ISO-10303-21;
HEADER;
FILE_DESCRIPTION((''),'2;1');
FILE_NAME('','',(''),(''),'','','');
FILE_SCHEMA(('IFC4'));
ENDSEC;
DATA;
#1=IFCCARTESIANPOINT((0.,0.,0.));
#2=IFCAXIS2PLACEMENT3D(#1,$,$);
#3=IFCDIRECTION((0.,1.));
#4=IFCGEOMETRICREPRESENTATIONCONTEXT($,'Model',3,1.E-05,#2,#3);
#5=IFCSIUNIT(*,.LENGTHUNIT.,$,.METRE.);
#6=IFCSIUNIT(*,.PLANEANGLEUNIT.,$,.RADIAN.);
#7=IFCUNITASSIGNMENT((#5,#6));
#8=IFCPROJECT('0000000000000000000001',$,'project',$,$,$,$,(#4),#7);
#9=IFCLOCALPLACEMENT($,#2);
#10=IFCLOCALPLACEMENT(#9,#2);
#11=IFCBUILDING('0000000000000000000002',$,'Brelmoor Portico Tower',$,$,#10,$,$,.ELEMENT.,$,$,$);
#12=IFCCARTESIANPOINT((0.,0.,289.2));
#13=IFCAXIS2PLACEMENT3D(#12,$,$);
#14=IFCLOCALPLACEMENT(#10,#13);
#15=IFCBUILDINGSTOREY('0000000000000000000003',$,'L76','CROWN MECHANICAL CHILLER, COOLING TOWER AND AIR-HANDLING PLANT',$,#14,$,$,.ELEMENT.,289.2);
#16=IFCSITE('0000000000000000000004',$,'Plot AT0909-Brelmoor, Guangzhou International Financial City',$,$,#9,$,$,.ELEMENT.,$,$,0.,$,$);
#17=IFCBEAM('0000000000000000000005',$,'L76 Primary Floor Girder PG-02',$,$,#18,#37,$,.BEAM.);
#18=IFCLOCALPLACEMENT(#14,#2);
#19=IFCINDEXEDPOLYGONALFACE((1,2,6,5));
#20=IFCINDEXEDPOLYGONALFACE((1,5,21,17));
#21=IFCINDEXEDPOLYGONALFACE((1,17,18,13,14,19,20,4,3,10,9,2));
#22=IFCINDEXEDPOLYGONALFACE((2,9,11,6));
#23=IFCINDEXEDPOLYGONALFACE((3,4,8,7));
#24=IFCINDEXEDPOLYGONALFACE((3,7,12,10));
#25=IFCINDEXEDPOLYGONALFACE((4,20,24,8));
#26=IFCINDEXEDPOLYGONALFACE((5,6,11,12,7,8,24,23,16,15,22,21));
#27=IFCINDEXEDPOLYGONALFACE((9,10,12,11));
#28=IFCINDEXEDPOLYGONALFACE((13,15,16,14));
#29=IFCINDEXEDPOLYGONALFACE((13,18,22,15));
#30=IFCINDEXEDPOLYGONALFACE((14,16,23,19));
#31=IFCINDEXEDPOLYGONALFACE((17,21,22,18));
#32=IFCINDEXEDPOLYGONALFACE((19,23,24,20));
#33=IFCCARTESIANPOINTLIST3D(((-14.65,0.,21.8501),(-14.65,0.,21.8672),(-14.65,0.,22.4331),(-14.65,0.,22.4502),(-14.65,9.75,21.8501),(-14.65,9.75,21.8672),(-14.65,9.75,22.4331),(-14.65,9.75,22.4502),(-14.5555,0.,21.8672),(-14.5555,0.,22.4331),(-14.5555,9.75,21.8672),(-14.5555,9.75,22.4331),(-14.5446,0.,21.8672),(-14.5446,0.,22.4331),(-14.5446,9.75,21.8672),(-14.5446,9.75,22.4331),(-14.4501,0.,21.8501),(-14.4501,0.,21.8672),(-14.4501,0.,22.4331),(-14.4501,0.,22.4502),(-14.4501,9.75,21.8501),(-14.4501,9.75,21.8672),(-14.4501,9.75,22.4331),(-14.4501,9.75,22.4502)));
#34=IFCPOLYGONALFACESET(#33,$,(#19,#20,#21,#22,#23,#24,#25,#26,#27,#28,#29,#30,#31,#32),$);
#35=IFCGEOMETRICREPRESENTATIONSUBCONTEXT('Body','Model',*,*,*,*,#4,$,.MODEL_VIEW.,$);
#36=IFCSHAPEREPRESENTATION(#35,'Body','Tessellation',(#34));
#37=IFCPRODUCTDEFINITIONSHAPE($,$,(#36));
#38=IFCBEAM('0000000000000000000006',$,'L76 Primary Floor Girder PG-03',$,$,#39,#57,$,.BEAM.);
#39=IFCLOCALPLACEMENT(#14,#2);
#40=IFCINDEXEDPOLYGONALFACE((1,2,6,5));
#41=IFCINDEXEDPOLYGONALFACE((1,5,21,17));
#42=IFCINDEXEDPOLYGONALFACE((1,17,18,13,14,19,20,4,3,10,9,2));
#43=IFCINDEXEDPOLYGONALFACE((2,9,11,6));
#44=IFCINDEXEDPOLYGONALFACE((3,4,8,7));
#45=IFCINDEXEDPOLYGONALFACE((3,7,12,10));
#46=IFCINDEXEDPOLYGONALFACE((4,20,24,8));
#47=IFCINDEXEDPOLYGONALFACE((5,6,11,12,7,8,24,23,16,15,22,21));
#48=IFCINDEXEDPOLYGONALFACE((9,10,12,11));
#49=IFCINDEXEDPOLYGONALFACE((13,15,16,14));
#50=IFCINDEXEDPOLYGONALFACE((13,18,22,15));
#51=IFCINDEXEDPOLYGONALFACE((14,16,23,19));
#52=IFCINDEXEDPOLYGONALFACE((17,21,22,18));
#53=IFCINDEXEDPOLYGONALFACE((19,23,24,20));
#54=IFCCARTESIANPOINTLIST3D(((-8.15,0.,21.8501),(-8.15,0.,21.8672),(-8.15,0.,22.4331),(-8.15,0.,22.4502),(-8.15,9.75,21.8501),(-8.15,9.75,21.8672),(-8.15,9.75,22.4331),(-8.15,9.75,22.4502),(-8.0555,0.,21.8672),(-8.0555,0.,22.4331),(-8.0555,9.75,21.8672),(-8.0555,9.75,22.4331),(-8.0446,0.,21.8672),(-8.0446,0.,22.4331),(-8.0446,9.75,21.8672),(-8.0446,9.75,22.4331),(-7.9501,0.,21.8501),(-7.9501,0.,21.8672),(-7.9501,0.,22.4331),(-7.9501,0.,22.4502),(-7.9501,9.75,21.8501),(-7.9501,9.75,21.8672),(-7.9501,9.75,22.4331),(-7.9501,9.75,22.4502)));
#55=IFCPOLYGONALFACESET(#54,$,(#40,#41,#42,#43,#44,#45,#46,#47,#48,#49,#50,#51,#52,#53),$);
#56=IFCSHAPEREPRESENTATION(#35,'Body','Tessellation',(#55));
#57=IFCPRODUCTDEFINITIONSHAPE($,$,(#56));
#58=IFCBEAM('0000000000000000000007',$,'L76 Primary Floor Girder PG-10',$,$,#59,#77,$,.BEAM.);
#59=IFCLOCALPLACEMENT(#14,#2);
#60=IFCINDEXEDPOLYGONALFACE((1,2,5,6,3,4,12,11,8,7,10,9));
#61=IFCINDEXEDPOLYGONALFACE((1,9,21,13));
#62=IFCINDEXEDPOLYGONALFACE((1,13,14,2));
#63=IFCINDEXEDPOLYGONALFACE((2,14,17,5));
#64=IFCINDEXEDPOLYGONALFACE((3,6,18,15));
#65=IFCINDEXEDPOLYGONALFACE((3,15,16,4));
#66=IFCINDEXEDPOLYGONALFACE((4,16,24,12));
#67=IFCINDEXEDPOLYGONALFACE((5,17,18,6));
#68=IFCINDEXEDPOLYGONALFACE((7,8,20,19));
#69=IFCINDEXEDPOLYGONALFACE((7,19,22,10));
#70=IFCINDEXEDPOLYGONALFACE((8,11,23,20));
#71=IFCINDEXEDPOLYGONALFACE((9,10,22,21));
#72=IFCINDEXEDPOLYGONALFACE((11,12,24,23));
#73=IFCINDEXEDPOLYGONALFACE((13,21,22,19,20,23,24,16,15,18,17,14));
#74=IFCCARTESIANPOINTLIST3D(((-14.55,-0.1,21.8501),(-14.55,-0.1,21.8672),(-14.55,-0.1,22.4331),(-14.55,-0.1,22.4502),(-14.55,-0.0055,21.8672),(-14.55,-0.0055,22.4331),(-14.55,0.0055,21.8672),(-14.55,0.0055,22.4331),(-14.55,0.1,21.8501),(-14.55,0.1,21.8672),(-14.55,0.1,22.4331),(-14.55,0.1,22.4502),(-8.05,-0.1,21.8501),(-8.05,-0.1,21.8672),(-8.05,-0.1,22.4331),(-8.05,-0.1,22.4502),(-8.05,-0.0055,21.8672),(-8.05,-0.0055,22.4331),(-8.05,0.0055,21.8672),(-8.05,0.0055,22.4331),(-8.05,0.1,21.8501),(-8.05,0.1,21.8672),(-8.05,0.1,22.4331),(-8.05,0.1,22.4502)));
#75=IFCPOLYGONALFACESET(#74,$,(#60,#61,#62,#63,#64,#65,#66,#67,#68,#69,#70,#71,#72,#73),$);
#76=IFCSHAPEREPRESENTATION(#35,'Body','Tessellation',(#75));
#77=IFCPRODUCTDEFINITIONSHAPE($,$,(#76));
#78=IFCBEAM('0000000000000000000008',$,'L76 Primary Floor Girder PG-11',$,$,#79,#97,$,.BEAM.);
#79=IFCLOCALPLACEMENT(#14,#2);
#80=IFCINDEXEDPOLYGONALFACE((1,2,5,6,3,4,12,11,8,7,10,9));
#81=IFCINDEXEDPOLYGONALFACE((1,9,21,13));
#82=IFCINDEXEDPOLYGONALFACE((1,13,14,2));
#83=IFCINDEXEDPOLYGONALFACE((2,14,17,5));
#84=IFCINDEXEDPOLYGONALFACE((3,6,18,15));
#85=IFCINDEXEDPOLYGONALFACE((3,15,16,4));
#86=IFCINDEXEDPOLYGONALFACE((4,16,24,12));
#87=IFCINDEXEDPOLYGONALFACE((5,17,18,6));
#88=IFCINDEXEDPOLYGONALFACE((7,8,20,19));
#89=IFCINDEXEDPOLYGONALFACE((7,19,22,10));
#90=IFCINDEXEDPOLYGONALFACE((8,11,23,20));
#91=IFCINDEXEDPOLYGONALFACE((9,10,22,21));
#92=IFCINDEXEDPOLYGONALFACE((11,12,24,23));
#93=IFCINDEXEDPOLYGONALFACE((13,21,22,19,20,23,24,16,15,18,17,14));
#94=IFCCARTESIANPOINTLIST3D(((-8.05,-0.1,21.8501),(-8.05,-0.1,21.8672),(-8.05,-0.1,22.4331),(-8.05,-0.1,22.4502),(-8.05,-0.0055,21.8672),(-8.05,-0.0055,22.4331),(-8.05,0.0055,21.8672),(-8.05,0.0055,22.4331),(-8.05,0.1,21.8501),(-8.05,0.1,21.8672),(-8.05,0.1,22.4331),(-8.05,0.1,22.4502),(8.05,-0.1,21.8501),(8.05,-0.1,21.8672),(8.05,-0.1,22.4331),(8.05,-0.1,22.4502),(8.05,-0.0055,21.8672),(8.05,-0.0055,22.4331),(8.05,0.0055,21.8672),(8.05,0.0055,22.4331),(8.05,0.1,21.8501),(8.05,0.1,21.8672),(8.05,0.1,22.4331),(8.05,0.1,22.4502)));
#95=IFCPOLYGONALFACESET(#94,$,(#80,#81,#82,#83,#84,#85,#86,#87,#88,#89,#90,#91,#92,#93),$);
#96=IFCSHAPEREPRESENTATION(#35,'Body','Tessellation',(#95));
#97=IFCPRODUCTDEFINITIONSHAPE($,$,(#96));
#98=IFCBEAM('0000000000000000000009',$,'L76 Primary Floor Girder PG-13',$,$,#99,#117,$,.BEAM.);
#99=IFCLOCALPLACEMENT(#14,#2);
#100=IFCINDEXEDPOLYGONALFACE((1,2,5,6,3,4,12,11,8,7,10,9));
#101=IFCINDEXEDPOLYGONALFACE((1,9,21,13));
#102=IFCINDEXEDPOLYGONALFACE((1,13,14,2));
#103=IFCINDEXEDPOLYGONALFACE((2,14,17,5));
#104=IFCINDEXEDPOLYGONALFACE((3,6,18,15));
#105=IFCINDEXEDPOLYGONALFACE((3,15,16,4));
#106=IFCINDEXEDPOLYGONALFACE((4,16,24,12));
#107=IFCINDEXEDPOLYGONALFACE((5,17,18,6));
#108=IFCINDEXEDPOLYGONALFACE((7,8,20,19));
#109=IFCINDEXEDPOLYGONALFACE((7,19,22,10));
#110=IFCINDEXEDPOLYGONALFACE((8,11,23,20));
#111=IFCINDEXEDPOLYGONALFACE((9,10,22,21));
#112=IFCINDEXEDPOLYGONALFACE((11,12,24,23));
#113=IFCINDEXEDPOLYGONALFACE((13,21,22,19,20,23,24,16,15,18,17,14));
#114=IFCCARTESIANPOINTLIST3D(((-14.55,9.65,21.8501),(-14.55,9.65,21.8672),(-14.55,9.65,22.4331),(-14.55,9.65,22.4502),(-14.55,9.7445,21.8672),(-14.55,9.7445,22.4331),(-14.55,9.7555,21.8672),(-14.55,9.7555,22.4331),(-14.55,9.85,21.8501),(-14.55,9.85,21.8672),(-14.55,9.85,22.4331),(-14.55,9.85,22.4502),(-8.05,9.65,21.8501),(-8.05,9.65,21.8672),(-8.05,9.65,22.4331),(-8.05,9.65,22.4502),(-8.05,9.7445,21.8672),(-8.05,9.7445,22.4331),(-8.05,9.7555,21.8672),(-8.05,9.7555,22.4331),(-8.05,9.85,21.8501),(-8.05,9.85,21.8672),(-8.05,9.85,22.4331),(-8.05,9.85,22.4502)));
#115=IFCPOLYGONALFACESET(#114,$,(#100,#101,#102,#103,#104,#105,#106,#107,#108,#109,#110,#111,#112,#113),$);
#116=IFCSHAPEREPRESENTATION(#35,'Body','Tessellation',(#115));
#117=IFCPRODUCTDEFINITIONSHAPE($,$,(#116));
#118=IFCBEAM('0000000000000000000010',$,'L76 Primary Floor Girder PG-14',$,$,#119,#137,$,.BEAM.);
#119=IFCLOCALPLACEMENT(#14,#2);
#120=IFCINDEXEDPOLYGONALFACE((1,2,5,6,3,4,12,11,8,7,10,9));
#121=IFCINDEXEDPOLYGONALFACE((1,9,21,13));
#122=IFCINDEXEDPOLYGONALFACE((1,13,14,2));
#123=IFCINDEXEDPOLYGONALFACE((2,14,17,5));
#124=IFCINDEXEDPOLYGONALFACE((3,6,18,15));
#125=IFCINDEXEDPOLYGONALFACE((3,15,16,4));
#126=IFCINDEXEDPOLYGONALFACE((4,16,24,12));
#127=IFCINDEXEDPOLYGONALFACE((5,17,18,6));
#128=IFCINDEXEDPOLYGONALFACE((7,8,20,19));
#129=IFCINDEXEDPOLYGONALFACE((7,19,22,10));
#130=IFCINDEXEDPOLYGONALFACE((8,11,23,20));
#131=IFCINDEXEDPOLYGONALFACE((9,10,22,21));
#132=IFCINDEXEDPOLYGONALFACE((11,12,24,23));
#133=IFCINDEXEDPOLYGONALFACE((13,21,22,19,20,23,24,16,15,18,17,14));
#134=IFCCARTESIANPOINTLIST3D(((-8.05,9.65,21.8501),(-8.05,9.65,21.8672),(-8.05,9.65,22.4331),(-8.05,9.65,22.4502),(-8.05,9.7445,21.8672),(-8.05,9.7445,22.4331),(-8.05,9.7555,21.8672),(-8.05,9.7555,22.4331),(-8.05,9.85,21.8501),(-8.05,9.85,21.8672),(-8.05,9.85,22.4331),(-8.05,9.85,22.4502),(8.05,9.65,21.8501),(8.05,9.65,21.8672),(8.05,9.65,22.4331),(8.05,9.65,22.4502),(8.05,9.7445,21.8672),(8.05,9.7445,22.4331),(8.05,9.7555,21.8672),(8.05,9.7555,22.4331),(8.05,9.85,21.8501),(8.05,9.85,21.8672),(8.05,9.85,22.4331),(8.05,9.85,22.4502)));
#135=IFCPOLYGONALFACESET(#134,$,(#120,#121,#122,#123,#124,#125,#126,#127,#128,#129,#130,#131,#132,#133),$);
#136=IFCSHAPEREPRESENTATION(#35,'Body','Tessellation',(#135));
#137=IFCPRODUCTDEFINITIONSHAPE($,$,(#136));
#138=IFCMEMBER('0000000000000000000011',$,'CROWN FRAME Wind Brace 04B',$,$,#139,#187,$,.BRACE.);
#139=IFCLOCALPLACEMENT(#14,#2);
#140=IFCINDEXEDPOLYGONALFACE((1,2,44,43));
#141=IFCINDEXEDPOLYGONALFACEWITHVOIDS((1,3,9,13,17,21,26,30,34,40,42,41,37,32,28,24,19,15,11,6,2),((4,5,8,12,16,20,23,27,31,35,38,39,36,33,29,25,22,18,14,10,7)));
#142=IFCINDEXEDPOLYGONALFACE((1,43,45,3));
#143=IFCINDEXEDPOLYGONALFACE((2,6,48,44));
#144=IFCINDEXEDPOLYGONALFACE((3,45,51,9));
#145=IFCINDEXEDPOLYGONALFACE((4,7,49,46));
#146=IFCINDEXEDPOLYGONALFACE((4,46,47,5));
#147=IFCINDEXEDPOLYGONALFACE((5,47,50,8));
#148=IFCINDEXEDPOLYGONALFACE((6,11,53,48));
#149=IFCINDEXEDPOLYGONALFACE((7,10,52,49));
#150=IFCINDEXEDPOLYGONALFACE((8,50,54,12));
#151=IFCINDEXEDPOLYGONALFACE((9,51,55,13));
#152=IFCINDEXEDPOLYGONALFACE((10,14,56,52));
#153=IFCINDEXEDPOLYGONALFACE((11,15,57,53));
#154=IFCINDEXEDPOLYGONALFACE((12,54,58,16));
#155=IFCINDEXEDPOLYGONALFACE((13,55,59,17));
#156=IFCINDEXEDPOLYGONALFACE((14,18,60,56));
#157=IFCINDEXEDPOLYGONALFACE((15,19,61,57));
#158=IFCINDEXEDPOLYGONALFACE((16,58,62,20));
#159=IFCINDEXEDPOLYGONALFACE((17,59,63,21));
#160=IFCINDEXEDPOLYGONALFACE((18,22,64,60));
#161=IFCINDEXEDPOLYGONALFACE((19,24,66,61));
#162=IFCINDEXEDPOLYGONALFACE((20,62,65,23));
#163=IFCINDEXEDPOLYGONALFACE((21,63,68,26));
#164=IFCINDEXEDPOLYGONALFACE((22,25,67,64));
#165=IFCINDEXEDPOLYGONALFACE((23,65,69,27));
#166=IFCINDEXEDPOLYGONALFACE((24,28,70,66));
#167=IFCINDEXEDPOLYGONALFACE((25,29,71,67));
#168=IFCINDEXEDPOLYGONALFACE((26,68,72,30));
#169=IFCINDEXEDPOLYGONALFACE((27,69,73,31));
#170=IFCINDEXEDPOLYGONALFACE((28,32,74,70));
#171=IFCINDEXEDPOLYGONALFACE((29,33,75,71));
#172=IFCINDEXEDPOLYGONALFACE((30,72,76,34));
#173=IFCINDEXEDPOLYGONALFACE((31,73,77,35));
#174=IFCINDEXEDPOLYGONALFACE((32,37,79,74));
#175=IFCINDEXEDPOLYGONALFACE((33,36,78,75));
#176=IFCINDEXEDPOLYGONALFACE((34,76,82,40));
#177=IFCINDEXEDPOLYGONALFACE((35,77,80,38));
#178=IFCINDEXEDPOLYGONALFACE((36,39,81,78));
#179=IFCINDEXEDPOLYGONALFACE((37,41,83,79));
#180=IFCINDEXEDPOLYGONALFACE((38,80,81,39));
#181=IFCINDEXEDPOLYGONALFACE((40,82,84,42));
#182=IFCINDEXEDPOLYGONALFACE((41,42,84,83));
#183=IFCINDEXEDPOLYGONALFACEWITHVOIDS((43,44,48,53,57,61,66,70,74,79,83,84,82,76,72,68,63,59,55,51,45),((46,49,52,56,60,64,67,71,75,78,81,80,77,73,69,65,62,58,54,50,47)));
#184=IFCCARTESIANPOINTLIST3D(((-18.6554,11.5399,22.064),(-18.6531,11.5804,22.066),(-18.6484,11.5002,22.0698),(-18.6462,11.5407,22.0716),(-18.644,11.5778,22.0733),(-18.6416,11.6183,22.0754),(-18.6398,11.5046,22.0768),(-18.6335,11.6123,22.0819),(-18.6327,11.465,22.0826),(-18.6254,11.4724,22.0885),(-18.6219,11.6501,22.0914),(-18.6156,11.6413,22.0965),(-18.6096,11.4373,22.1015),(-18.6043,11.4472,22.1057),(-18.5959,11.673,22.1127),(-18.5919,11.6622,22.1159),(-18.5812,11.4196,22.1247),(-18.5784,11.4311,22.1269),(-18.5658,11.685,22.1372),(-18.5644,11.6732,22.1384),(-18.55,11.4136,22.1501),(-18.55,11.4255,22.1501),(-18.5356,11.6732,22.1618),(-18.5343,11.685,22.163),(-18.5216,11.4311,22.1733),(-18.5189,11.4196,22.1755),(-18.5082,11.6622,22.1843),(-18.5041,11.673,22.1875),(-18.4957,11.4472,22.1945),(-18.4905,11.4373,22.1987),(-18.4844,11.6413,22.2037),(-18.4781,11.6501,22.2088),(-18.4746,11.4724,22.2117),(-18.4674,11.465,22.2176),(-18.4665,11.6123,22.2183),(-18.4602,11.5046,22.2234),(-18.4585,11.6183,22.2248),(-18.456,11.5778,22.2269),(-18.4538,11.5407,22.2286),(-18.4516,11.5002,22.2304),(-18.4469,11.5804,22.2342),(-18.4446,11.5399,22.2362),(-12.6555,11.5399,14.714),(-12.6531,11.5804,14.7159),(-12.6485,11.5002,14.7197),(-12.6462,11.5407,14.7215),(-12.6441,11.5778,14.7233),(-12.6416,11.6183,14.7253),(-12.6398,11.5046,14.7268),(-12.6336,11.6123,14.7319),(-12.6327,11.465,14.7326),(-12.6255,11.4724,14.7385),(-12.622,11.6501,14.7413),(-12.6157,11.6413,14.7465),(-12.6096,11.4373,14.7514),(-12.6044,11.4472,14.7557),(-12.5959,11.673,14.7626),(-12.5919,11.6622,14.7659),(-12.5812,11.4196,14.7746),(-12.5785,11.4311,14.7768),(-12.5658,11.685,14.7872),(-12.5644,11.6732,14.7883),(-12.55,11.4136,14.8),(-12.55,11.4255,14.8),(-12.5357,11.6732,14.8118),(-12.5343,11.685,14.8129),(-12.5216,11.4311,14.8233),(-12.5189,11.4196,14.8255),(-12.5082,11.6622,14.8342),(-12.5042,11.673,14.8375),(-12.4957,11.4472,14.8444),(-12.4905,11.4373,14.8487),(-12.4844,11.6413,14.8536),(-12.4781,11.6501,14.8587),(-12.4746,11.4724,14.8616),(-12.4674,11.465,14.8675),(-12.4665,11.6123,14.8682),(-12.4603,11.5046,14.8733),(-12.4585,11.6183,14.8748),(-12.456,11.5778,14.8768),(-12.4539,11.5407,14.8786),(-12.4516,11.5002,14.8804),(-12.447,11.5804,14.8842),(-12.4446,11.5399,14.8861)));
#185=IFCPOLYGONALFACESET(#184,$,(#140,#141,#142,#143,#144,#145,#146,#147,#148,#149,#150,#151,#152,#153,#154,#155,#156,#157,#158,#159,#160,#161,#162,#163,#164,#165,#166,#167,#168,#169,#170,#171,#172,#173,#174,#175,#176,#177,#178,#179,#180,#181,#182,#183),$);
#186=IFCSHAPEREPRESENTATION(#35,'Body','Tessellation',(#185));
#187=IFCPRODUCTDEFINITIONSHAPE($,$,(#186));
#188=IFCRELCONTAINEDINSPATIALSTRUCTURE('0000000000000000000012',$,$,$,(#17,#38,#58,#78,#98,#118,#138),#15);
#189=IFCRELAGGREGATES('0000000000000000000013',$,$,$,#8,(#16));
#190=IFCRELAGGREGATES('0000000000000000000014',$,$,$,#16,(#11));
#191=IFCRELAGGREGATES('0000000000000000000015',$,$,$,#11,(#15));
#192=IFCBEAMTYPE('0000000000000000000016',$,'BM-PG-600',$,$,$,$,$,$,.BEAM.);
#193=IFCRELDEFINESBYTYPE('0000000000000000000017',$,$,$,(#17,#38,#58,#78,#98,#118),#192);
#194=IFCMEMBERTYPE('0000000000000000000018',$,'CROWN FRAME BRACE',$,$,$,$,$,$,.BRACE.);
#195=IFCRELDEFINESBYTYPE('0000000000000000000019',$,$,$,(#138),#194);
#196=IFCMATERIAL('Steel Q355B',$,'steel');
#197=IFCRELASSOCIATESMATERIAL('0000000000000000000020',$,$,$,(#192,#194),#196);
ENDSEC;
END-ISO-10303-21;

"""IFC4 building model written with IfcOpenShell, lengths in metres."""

from ifc_helpers import new_model, si_unit, direction, frame, origin, origin_2d, place, context, subcontext, project, spatial, hollow_circle, i_section, extrude, material, material_profile, profile_set, type_object, element, save


model = new_model("IFC4")

# Units and contexts
model_context = context("Model", 3, precision=1e-05, world=origin(), true_north=direction((0.0, 1.0)))
body_context = subcontext(model_context, "Body", "Model", "MODEL_VIEW")
ifc_project = project(units=[si_unit("LENGTHUNIT", "METRE"), si_unit("PLANEANGLEUNIT", "RADIAN")], contexts=[model_context])

# Site, building, storey
site_placement = place(None, origin())
site = spatial("IfcSite", under=ifc_project, at=site_placement, Name="Plot AT0909-Brelmoor, Guangzhou International Financial City", CompositionType="ELEMENT", RefElevation=0.0)
building_placement = place(site_placement, origin())
building = spatial("IfcBuilding", under=site, at=building_placement, Name="Brelmoor Portico Tower", CompositionType="ELEMENT")
storey_placement = place(building_placement, frame((0.0, 0.0, 289.2)))
storey = spatial("IfcBuildingStorey", under=building, at=storey_placement, Name="L76", Description="CROWN MECHANICAL CHILLER, COOLING TOWER AND AIR-HANDLING PLANT", CompositionType="ELEMENT", Elevation=289.2)

# Beams
ifc_material_1 = material(Name="Steel Q355B", Category="steel")
ifc_material_profile_1 = material_profile(ifc_material_1, i_section(OverallWidth=0.2, OverallDepth=0.6001, WebThickness=0.011, FlangeThickness=0.0171, at=origin_2d()), Name="HN 600x200x11x17")
ifc_profile_set_1 = profile_set([ifc_material_profile_1], Name="Steel Q355B")
beam_type_1 = type_object("IfcBeamType", Name="BM-PG-600", PredefinedType="BEAM", material=ifc_profile_set_1)
for number, where, z_axis, x_axis, name in (
    (1, (-14.55, 0.0, 22.1501), (0.0, 1.0, 0.0), (-1.0, 0.0, 0.0), "L76 Primary Floor Girder PG-02"),
    (2, (-8.05, 0.0, 22.1501), (0.0, 1.0, 0.0), (-1.0, 0.0, 0.0), "L76 Primary Floor Girder PG-03"),
):
    element("IfcBeam", number, at=place(storey_placement, frame(where, z_axis=z_axis, x_axis=x_axis)), inside=storey, type_object=beam_type_1, Name=name, PredefinedType="BEAM", context=body_context, shape_type="SweptSolid", body=[
        extrude(i_section(OverallWidth=0.2, OverallDepth=0.6001, WebThickness=0.011, FlangeThickness=0.0171, at=origin_2d()), origin(), (0.0, 0.0, 1.0), 9.75),
    ])
beam_1_placement = place(storey_placement, frame((-14.55, 0.0, 22.1501), z_axis=(1.0, 0.0, 0.0), x_axis=(0.0, 1.0, 0.0)))
element("IfcBeam", 3, at=beam_1_placement, inside=storey, type_object=beam_type_1, Name="L76 Primary Floor Girder PG-10", PredefinedType="BEAM", context=body_context, shape_type="SweptSolid", body=[
    extrude(i_section(OverallWidth=0.2, OverallDepth=0.6001, WebThickness=0.011, FlangeThickness=0.0171, at=origin_2d()), origin(), (0.0, 0.0, 1.0), 6.5),
])
beam_2_placement = place(storey_placement, frame((-8.05, 0.0, 22.1501), z_axis=(1.0, 0.0, 0.0), x_axis=(0.0, 1.0, 0.0)))
element("IfcBeam", 4, at=beam_2_placement, inside=storey, type_object=beam_type_1, Name="L76 Primary Floor Girder PG-11", PredefinedType="BEAM", context=body_context, shape_type="SweptSolid", body=[
    extrude(i_section(OverallWidth=0.2, OverallDepth=0.6001, WebThickness=0.011, FlangeThickness=0.0171, at=origin_2d()), origin(), (0.0, 0.0, 1.0), 16.1001),
])
beam_3_placement = place(storey_placement, frame((-14.55, 9.75, 22.1501), z_axis=(1.0, 0.0, 0.0), x_axis=(0.0, 1.0, 0.0)))
element("IfcBeam", 5, at=beam_3_placement, inside=storey, type_object=beam_type_1, Name="L76 Primary Floor Girder PG-13", PredefinedType="BEAM", context=body_context, shape_type="SweptSolid", body=[
    extrude(i_section(OverallWidth=0.2, OverallDepth=0.6001, WebThickness=0.011, FlangeThickness=0.0171, at=origin_2d()), origin(), (0.0, 0.0, 1.0), 6.5),
])
beam_4_placement = place(storey_placement, frame((-8.05, 9.75, 22.1501), z_axis=(1.0, 0.0, 0.0), x_axis=(0.0, 1.0, 0.0)))
element("IfcBeam", 6, at=beam_4_placement, inside=storey, type_object=beam_type_1, Name="L76 Primary Floor Girder PG-14", PredefinedType="BEAM", context=body_context, shape_type="SweptSolid", body=[
    extrude(i_section(OverallWidth=0.2, OverallDepth=0.6001, WebThickness=0.011, FlangeThickness=0.0171, at=origin_2d()), origin(), (0.0, 0.0, 1.0), 16.1001),
])

# Member
ifc_material_profile_2 = material_profile(ifc_material_1, hollow_circle(Radius=0.1365, WallThickness=0.012, at=origin_2d()), Name="CHS 273x12")
ifc_profile_set_2 = profile_set([ifc_material_profile_2], Name="Steel Q355B")
member_type = type_object("IfcMemberType", Name="CROWN FRAME BRACE", PredefinedType="BRACE", material=ifc_profile_set_2)
member_1_placement = place(storey_placement, frame((-12.55, 11.55, 14.8), z_axis=(-0.632371, 0.0, 0.774665), x_axis=(0.0, -1.0, 0.0)))
element("IfcMember", 7, at=member_1_placement, inside=storey, type_object=member_type, Name="CROWN FRAME Wind Brace 04B", PredefinedType="BRACE", context=body_context, shape_type="SweptSolid", body=[
    extrude(hollow_circle(Radius=0.1365, WallThickness=0.012, at=origin_2d()), origin(), (0.0, 0.0, 1.0), 9.488),
])

save(model, "model.ifc")
